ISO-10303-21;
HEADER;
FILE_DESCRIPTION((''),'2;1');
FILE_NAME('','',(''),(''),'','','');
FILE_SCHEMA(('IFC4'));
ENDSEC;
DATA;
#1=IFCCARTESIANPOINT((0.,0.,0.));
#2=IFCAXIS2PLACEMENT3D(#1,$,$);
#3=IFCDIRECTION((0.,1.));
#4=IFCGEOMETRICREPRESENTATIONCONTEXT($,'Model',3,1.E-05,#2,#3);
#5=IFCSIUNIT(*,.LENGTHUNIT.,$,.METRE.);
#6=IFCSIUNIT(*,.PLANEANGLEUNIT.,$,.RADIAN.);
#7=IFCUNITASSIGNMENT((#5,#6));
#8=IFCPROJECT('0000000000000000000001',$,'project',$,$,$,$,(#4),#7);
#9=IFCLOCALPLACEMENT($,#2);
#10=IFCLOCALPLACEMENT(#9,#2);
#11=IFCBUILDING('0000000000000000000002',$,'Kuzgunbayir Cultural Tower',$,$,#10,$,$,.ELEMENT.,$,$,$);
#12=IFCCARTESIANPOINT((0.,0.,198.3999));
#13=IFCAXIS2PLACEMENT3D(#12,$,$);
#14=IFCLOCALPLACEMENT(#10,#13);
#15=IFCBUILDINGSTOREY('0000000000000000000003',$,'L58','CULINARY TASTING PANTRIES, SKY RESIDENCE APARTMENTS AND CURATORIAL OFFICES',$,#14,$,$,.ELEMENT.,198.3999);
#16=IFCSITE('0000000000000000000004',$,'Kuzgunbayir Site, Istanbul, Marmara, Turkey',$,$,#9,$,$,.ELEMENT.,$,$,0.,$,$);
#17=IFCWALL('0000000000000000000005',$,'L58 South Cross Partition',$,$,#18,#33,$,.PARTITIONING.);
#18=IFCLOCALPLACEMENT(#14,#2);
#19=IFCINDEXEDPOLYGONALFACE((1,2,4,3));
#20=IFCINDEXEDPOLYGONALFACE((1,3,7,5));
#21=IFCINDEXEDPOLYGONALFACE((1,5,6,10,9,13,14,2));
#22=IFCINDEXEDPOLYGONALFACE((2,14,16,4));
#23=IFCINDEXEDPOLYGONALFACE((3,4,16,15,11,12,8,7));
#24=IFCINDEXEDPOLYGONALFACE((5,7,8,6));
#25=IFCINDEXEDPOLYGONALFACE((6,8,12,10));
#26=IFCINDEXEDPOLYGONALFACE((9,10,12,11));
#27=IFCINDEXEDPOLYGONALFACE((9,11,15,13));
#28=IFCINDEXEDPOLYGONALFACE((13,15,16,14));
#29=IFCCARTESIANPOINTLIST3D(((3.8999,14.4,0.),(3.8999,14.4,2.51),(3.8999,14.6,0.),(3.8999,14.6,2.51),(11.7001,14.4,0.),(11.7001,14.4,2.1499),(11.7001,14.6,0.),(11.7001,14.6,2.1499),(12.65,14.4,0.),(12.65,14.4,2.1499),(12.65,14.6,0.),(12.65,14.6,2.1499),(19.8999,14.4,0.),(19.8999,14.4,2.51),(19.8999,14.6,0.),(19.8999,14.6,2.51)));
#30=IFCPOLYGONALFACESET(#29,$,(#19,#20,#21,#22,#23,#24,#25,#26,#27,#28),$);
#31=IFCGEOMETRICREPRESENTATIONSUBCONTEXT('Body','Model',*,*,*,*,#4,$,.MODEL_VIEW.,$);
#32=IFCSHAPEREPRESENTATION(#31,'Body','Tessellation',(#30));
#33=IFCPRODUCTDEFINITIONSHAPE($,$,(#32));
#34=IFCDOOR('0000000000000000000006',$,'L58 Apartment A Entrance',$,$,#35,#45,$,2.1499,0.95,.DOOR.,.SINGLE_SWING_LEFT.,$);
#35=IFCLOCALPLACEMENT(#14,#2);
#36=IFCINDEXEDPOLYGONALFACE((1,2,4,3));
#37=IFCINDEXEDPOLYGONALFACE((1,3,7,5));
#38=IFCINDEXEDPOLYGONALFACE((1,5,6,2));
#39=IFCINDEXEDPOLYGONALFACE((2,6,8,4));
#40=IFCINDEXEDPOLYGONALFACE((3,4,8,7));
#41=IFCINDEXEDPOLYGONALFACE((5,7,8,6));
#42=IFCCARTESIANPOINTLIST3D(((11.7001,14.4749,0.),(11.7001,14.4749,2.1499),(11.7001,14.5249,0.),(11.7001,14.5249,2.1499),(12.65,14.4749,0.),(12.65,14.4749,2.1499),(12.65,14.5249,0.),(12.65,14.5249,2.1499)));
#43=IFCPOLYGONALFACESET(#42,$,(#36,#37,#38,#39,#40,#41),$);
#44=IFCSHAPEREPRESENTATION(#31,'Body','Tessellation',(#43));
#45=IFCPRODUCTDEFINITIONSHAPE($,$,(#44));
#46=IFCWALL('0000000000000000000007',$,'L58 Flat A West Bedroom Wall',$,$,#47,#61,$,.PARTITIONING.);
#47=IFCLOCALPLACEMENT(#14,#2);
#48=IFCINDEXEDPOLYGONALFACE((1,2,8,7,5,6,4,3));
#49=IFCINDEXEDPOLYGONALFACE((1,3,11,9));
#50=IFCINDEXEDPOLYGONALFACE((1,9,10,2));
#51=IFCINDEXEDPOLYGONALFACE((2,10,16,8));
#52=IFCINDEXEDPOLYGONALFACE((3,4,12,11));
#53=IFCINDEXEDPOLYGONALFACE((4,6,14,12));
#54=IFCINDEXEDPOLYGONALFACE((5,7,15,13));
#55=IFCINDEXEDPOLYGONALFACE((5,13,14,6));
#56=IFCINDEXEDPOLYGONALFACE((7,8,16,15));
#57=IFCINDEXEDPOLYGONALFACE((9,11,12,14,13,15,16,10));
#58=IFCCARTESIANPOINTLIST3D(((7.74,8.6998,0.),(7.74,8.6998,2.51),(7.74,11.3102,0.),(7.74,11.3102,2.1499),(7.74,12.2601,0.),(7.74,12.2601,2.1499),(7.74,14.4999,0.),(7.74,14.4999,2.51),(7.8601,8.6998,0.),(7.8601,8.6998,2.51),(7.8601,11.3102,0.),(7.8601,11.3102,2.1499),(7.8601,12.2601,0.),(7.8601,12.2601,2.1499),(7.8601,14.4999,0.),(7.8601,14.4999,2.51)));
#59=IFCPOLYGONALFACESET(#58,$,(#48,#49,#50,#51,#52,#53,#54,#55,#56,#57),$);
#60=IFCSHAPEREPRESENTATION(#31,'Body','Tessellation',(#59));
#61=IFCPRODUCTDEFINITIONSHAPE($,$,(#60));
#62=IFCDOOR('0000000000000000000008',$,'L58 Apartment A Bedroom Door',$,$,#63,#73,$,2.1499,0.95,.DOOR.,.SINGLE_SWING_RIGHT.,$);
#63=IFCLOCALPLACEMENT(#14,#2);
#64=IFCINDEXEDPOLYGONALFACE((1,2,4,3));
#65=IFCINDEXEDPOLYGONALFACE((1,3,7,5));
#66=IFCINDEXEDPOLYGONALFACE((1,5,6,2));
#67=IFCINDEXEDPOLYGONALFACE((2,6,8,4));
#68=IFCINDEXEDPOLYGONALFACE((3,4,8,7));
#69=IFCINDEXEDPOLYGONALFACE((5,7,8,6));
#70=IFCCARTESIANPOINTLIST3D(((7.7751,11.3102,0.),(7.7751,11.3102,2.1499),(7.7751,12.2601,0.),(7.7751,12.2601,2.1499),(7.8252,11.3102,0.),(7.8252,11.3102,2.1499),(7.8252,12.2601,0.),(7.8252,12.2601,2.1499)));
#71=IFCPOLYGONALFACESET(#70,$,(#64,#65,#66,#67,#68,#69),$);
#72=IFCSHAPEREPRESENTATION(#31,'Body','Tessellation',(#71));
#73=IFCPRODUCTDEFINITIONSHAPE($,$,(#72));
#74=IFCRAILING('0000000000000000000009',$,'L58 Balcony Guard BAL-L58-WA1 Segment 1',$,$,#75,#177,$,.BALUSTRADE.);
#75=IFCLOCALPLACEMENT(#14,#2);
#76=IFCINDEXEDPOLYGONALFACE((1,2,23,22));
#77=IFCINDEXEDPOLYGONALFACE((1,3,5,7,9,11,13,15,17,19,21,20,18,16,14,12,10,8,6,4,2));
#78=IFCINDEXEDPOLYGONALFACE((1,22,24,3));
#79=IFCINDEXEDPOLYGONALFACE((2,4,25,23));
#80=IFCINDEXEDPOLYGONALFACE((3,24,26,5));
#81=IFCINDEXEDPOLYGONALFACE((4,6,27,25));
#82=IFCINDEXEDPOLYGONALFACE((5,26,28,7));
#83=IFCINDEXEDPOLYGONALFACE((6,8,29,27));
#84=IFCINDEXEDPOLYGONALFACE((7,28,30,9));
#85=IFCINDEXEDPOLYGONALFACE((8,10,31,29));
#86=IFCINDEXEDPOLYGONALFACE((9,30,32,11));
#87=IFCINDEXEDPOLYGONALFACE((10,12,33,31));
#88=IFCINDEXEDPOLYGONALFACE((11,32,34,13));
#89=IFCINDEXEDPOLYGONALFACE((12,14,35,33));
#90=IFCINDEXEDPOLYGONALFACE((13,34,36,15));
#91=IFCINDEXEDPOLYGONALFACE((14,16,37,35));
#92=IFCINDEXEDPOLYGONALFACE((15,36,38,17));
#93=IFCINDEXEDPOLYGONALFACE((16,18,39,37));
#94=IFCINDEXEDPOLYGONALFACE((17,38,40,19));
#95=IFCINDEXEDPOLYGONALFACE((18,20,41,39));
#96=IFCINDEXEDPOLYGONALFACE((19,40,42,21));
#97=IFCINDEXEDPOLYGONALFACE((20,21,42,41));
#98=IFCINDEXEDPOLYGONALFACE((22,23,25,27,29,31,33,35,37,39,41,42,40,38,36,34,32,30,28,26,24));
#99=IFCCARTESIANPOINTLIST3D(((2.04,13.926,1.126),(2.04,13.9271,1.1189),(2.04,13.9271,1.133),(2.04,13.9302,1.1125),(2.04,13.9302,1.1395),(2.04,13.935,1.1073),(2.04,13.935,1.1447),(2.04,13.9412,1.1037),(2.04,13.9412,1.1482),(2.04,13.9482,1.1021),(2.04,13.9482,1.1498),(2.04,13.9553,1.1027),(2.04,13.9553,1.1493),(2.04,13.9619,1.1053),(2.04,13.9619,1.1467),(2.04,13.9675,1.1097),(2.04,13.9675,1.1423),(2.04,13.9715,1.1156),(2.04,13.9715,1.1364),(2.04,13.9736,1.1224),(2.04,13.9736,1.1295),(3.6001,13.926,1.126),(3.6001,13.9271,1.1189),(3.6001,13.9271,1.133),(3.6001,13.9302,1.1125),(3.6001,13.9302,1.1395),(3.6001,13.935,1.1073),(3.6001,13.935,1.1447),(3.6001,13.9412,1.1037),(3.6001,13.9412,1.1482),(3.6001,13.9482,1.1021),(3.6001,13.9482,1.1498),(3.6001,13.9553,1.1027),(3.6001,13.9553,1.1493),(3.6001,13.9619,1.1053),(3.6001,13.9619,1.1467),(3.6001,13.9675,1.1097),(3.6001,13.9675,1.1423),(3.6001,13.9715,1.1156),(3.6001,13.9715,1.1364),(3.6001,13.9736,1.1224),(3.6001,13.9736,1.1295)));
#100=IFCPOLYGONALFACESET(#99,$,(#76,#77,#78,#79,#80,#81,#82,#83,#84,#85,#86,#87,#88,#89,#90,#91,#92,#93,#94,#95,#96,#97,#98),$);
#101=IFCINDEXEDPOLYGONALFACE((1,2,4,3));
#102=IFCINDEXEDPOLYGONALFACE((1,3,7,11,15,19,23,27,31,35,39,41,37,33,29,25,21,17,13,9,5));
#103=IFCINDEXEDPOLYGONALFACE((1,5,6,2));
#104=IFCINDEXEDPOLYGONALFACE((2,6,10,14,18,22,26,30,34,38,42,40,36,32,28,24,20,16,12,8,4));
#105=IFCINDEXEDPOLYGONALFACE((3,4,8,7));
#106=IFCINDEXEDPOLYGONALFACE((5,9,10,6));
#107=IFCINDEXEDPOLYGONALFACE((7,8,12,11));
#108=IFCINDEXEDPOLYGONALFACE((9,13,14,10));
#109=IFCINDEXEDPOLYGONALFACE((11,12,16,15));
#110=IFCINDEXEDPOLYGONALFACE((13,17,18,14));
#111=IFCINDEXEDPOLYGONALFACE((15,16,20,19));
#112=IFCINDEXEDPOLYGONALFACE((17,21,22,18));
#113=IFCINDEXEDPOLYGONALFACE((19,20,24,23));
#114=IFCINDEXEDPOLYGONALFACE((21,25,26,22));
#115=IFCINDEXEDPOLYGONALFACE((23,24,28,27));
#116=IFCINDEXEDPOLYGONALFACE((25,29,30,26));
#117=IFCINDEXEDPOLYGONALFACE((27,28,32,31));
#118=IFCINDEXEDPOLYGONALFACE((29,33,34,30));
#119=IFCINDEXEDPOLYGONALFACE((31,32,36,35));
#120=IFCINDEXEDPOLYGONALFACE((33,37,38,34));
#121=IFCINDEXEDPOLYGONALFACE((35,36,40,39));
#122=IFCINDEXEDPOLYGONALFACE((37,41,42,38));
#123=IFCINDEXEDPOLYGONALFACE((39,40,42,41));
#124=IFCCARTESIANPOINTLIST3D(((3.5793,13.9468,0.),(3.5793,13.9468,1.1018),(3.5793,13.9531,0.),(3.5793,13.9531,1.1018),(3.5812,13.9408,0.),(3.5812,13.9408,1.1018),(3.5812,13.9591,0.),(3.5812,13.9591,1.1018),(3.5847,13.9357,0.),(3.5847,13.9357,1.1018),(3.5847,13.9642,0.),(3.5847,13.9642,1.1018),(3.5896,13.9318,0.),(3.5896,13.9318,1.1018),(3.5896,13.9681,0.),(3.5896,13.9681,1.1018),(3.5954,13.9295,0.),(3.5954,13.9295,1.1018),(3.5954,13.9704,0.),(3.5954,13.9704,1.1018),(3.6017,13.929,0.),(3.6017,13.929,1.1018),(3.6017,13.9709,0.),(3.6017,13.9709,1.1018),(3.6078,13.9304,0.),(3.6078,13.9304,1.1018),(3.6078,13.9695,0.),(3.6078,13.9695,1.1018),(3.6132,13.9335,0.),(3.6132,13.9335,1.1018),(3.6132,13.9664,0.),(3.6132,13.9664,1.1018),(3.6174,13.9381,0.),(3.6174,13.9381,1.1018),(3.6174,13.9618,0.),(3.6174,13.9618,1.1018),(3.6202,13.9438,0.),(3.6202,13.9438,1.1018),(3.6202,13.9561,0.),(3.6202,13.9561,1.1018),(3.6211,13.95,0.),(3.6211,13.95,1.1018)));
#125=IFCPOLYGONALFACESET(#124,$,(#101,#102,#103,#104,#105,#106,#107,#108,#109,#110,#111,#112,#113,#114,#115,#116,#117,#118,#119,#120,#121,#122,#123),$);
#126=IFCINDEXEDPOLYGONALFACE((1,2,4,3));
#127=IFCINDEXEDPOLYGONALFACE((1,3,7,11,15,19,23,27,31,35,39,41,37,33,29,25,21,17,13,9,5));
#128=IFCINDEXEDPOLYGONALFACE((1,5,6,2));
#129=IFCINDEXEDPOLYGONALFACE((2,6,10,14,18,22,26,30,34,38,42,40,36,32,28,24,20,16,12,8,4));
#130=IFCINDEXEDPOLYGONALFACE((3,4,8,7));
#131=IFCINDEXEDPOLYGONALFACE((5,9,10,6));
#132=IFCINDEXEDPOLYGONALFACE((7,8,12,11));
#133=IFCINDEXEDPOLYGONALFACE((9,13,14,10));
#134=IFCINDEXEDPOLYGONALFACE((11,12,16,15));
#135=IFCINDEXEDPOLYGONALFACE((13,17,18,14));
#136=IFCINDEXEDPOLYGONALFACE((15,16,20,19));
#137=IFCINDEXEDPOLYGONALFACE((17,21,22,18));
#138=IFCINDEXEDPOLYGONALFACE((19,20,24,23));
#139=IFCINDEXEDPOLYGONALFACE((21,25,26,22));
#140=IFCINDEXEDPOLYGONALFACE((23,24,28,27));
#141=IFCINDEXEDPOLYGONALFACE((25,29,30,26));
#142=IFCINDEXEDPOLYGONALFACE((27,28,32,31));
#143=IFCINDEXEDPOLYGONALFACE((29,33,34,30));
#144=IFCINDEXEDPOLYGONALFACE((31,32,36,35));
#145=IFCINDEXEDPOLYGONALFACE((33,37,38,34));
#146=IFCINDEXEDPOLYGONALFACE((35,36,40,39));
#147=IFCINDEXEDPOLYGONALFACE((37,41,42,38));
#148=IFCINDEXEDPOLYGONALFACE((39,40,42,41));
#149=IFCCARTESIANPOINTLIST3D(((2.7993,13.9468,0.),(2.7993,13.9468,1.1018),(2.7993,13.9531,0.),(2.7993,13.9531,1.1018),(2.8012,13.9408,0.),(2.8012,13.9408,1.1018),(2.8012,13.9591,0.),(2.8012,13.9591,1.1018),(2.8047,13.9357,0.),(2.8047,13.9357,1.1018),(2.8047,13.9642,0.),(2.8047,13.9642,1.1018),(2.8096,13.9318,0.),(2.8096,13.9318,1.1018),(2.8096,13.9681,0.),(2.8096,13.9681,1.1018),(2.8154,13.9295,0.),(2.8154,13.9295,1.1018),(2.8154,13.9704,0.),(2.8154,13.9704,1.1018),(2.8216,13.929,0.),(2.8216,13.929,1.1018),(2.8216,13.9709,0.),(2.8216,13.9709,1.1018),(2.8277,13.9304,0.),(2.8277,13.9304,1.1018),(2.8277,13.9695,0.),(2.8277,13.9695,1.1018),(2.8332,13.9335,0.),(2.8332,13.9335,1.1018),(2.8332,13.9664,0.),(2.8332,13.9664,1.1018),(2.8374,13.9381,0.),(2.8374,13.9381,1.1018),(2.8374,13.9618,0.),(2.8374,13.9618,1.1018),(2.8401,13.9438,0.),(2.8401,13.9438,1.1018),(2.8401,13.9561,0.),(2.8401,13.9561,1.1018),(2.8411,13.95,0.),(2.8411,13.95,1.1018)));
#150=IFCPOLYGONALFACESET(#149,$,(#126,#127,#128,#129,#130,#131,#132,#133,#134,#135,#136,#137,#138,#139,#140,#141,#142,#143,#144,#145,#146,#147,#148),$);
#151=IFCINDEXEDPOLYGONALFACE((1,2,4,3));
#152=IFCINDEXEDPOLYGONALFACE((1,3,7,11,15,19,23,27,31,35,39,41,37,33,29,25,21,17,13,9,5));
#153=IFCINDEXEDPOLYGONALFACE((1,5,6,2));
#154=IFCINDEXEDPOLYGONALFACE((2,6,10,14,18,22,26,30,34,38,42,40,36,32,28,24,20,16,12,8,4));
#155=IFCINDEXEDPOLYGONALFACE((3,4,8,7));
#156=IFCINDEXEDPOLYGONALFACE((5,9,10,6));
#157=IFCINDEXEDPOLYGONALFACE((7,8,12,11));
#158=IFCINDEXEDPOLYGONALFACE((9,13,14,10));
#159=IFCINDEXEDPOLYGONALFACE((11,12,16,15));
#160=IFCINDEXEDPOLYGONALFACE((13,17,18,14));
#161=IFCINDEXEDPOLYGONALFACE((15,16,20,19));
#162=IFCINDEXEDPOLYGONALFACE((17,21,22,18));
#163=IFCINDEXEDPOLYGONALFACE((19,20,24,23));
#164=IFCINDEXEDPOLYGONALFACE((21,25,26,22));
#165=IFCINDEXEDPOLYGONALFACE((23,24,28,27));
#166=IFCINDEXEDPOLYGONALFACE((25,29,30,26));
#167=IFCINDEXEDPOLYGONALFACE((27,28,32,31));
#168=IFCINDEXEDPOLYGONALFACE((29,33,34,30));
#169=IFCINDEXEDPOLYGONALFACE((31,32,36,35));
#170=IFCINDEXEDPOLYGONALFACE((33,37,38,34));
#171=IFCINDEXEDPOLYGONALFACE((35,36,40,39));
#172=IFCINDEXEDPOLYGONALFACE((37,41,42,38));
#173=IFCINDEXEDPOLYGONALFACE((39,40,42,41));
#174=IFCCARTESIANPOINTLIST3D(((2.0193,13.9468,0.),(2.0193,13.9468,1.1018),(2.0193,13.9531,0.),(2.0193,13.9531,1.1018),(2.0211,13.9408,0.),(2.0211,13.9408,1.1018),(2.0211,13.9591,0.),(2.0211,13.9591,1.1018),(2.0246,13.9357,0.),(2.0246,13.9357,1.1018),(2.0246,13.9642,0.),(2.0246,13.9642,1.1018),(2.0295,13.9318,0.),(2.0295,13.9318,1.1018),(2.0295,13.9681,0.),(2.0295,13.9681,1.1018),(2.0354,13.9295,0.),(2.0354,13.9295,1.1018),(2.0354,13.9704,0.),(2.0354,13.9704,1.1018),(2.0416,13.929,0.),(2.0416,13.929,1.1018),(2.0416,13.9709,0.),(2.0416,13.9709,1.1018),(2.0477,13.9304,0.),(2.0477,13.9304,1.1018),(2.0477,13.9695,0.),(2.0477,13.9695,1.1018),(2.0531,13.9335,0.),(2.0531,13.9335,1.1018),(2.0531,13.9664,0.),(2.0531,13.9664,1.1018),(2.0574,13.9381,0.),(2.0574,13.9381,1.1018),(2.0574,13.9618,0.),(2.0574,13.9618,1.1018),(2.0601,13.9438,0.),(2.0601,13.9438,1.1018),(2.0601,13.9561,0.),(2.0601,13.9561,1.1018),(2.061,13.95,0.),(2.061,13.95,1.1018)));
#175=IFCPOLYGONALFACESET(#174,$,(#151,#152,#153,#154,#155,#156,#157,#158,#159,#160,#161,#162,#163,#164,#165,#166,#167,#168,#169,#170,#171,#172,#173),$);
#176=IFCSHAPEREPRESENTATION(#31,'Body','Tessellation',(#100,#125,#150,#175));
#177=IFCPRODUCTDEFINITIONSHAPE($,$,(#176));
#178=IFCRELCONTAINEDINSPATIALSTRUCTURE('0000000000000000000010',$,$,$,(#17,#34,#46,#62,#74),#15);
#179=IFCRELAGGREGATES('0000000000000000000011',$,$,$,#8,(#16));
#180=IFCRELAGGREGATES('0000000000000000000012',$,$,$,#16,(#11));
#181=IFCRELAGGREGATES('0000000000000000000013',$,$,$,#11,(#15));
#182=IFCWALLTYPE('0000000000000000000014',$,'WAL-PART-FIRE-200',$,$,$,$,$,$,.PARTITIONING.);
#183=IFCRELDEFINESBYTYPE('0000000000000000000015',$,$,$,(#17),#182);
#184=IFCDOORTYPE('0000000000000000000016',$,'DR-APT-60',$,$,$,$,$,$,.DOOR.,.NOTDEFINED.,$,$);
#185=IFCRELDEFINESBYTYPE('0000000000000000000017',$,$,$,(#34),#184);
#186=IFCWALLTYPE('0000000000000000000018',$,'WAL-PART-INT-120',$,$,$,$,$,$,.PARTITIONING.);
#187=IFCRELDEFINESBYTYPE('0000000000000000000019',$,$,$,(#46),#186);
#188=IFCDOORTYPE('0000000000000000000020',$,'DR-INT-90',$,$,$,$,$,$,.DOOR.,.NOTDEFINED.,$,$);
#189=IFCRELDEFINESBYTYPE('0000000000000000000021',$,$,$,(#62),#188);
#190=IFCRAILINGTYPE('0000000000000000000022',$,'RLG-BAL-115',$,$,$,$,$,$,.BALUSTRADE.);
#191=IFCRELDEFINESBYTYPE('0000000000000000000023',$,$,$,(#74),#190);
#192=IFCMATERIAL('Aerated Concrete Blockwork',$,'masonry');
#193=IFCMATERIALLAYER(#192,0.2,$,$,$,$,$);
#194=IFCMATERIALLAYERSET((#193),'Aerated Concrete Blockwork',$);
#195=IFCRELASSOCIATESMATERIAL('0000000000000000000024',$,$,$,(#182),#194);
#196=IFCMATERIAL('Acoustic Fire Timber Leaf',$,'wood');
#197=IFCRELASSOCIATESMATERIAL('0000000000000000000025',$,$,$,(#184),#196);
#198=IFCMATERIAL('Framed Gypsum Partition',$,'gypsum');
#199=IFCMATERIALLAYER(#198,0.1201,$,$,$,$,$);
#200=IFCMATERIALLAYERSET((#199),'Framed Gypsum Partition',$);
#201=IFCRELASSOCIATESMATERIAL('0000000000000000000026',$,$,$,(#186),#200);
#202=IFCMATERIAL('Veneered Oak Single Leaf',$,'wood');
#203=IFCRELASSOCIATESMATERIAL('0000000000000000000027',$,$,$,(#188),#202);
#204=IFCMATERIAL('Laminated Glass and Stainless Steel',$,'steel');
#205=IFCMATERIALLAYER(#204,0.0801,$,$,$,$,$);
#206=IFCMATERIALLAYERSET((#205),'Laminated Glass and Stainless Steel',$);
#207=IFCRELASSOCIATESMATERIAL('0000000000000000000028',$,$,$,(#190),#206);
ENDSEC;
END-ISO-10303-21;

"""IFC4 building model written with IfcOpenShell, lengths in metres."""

from ifc_helpers import new_model, si_unit, direction, frame, frame_2d, origin, origin_2d, place, context, subcontext, project, spatial, rectangle, circle, extrude, material, layer, layer_set, type_object, element, fill, save


model = new_model("IFC4")

# Units and contexts
model_context = context("Model", 3, precision=1e-05, world=origin(), true_north=direction((0.0, 1.0)))
body_context = subcontext(model_context, "Body", "Model", "MODEL_VIEW")
ifc_project = project(units=[si_unit("LENGTHUNIT", "METRE"), si_unit("PLANEANGLEUNIT", "RADIAN")], contexts=[model_context])

# Site, building, storey
site_placement = place(None, origin())
site = spatial("IfcSite", under=ifc_project, at=site_placement, Name="Kuzgunbayir Site, Istanbul, Marmara, Turkey", CompositionType="ELEMENT", RefElevation=0.0)
building_placement = place(site_placement, origin())
building = spatial("IfcBuilding", under=site, at=building_placement, Name="Kuzgunbayir Cultural Tower", CompositionType="ELEMENT")
storey_placement = place(building_placement, frame((0.0, 0.0, 198.3999)))
storey = spatial("IfcBuildingStorey", under=building, at=storey_placement, Name="L58", Description="CULINARY TASTING PANTRIES, SKY RESIDENCE APARTMENTS AND CURATORIAL OFFICES", CompositionType="ELEMENT", Elevation=198.3999)

# Walls, openings, doors
ifc_material_1 = material(Name="Aerated Concrete Blockwork", Category="masonry")
ifc_layer_1 = layer(ifc_material_1, 0.2)
ifc_layer_set_1 = layer_set([ifc_layer_1], Name="Aerated Concrete Blockwork")
wall_type_1 = type_object("IfcWallType", Name="WAL-PART-FIRE-200", PredefinedType="PARTITIONING", material=ifc_layer_set_1)
wall_1_placement = place(storey_placement, frame((3.8999, 14.5, 0.0), z_axis=(0.0, 0.0, 1.0), x_axis=(1.0, 0.0, 0.0)))
wall_1 = element("IfcWall", 1, at=wall_1_placement, inside=storey, type_object=wall_type_1, Name="L58 South Cross Partition", PredefinedType="PARTITIONING", context=body_context, shape_type="SweptSolid", body=[
    extrude(rectangle(XDim=16.0, YDim=0.2, at=frame_2d((8.0, 0.0))), origin(), (0.0, 0.0, 1.0), 2.51),
])
opening_1_placement = place(wall_1_placement, frame((7.8, 0.0, 0.0)))
opening_1 = element("IfcOpeningElement", 2, at=opening_1_placement, cuts=wall_1, PredefinedType="OPENING", context=body_context, shape_type="SweptSolid", body=[
    extrude(rectangle(XDim=0.95, YDim=2.1499, at=frame_2d((0.4751, 1.075))), frame((0.0, 0.1099, 0.0), z_axis=(0.0, -1.0, 0.0), x_axis=(1.0, 0.0, 0.0)), (0.0, 0.0, 1.0), 0.22),
])
ifc_material_2 = material(Name="Acoustic Fire Timber Leaf", Category="wood")
door_type_1 = type_object("IfcDoorType", Name="DR-APT-60", OperationType="NOTDEFINED", PredefinedType="DOOR", material=ifc_material_2)
door_1_placement = place(opening_1_placement, origin())
door_1 = element("IfcDoor", 3, at=door_1_placement, inside=storey, type_object=door_type_1, Name="L58 Apartment A Entrance", OperationType="SINGLE_SWING_LEFT", OverallHeight=2.1499, OverallWidth=0.95, PredefinedType="DOOR", context=body_context, shape_type="SweptSolid", body=[
    extrude(rectangle(XDim=0.95, YDim=2.1499, at=frame_2d((0.4751, 1.075))), frame((0.0, 0.0249, 0.0), z_axis=(0.0, -1.0, 0.0), x_axis=(1.0, 0.0, 0.0)), (0.0, 0.0, 1.0), 0.05),
])
fill(opening_1, door_1)
ifc_material_3 = material(Name="Framed Gypsum Partition", Category="gypsum")
ifc_layer_2 = layer(ifc_material_3, 0.1201)
ifc_layer_set_2 = layer_set([ifc_layer_2], Name="Framed Gypsum Partition")
wall_type_2 = type_object("IfcWallType", Name="WAL-PART-INT-120", PredefinedType="PARTITIONING", material=ifc_layer_set_2)
wall_2_placement = place(storey_placement, frame((7.8, 8.7, 0.0), z_axis=(0.0, 0.0, 1.0), x_axis=(0.0, 1.0, 0.0)))
wall_2 = element("IfcWall", 4, at=wall_2_placement, inside=storey, type_object=wall_type_2, Name="L58 Flat A West Bedroom Wall", PredefinedType="PARTITIONING", context=body_context, shape_type="SweptSolid", body=[
    extrude(rectangle(XDim=5.8, YDim=0.1201, at=frame_2d((2.8999, 0.0))), origin(), (0.0, 0.0, 1.0), 2.51),
])
opening_2_placement = place(wall_2_placement, frame((2.6101, 0.0, 0.0)))
opening_2 = element("IfcOpeningElement", 5, at=opening_2_placement, cuts=wall_2, PredefinedType="OPENING", context=body_context, shape_type="SweptSolid", body=[
    extrude(rectangle(XDim=0.95, YDim=2.1499, at=frame_2d((0.4751, 1.075))), frame((0.0, 0.0701, 0.0), z_axis=(0.0, -1.0, 0.0), x_axis=(1.0, 0.0, 0.0)), (0.0, 0.0, 1.0), 0.1401),
])
ifc_material_4 = material(Name="Veneered Oak Single Leaf", Category="wood")
door_type_2 = type_object("IfcDoorType", Name="DR-INT-90", OperationType="NOTDEFINED", PredefinedType="DOOR", material=ifc_material_4)
door_2_placement = place(opening_2_placement, origin())
door_2 = element("IfcDoor", 6, at=door_2_placement, inside=storey, type_object=door_type_2, Name="L58 Apartment A Bedroom Door", OperationType="SINGLE_SWING_RIGHT", OverallHeight=2.1499, OverallWidth=0.95, PredefinedType="DOOR", context=body_context, shape_type="SweptSolid", body=[
    extrude(rectangle(XDim=0.95, YDim=2.1499, at=frame_2d((0.4751, 1.075))), frame((0.0, 0.0249, 0.0), z_axis=(0.0, -1.0, 0.0), x_axis=(1.0, 0.0, 0.0)), (0.0, 0.0, 1.0), 0.05),
])
fill(opening_2, door_2)

# Railing
ifc_material_5 = material(Name="Laminated Glass and Stainless Steel", Category="steel")
ifc_layer_3 = layer(ifc_material_5, 0.0801)
ifc_layer_set_3 = layer_set([ifc_layer_3], Name="Laminated Glass and Stainless Steel")
railing_type = type_object("IfcRailingType", Name="RLG-BAL-115", PredefinedType="BALUSTRADE", material=ifc_layer_set_3)
railing_1_placement = place(storey_placement, frame((3.6001, 13.95, 0.0)))
element("IfcRailing", 7, at=railing_1_placement, inside=storey, type_object=railing_type, Name="L58 Balcony Guard BAL-L58-WA1 Segment 1", PredefinedType="BALUSTRADE", context=body_context, shape_type="SweptSolid", body=[
    extrude(circle(Radius=0.0239, at=origin_2d()), frame((0.0, 0.0, 1.126), z_axis=(-1.0, 0.0, 0.0), x_axis=(0.0, -1.0, 0.0)), (0.0, 0.0, 1.0), 1.5601),
    extrude(circle(Radius=0.021, at=origin_2d()), origin(), (0.0, 0.0, 1.0), 1.1018),
    extrude(circle(Radius=0.021, at=origin_2d()), frame((-0.78, 0.0, 0.0)), (0.0, 0.0, 1.0), 1.1018),
    extrude(circle(Radius=0.021, at=origin_2d()), frame((-1.5601, 0.0, 0.0)), (0.0, 0.0, 1.0), 1.1018),
])

save(model, "model.ifc")
